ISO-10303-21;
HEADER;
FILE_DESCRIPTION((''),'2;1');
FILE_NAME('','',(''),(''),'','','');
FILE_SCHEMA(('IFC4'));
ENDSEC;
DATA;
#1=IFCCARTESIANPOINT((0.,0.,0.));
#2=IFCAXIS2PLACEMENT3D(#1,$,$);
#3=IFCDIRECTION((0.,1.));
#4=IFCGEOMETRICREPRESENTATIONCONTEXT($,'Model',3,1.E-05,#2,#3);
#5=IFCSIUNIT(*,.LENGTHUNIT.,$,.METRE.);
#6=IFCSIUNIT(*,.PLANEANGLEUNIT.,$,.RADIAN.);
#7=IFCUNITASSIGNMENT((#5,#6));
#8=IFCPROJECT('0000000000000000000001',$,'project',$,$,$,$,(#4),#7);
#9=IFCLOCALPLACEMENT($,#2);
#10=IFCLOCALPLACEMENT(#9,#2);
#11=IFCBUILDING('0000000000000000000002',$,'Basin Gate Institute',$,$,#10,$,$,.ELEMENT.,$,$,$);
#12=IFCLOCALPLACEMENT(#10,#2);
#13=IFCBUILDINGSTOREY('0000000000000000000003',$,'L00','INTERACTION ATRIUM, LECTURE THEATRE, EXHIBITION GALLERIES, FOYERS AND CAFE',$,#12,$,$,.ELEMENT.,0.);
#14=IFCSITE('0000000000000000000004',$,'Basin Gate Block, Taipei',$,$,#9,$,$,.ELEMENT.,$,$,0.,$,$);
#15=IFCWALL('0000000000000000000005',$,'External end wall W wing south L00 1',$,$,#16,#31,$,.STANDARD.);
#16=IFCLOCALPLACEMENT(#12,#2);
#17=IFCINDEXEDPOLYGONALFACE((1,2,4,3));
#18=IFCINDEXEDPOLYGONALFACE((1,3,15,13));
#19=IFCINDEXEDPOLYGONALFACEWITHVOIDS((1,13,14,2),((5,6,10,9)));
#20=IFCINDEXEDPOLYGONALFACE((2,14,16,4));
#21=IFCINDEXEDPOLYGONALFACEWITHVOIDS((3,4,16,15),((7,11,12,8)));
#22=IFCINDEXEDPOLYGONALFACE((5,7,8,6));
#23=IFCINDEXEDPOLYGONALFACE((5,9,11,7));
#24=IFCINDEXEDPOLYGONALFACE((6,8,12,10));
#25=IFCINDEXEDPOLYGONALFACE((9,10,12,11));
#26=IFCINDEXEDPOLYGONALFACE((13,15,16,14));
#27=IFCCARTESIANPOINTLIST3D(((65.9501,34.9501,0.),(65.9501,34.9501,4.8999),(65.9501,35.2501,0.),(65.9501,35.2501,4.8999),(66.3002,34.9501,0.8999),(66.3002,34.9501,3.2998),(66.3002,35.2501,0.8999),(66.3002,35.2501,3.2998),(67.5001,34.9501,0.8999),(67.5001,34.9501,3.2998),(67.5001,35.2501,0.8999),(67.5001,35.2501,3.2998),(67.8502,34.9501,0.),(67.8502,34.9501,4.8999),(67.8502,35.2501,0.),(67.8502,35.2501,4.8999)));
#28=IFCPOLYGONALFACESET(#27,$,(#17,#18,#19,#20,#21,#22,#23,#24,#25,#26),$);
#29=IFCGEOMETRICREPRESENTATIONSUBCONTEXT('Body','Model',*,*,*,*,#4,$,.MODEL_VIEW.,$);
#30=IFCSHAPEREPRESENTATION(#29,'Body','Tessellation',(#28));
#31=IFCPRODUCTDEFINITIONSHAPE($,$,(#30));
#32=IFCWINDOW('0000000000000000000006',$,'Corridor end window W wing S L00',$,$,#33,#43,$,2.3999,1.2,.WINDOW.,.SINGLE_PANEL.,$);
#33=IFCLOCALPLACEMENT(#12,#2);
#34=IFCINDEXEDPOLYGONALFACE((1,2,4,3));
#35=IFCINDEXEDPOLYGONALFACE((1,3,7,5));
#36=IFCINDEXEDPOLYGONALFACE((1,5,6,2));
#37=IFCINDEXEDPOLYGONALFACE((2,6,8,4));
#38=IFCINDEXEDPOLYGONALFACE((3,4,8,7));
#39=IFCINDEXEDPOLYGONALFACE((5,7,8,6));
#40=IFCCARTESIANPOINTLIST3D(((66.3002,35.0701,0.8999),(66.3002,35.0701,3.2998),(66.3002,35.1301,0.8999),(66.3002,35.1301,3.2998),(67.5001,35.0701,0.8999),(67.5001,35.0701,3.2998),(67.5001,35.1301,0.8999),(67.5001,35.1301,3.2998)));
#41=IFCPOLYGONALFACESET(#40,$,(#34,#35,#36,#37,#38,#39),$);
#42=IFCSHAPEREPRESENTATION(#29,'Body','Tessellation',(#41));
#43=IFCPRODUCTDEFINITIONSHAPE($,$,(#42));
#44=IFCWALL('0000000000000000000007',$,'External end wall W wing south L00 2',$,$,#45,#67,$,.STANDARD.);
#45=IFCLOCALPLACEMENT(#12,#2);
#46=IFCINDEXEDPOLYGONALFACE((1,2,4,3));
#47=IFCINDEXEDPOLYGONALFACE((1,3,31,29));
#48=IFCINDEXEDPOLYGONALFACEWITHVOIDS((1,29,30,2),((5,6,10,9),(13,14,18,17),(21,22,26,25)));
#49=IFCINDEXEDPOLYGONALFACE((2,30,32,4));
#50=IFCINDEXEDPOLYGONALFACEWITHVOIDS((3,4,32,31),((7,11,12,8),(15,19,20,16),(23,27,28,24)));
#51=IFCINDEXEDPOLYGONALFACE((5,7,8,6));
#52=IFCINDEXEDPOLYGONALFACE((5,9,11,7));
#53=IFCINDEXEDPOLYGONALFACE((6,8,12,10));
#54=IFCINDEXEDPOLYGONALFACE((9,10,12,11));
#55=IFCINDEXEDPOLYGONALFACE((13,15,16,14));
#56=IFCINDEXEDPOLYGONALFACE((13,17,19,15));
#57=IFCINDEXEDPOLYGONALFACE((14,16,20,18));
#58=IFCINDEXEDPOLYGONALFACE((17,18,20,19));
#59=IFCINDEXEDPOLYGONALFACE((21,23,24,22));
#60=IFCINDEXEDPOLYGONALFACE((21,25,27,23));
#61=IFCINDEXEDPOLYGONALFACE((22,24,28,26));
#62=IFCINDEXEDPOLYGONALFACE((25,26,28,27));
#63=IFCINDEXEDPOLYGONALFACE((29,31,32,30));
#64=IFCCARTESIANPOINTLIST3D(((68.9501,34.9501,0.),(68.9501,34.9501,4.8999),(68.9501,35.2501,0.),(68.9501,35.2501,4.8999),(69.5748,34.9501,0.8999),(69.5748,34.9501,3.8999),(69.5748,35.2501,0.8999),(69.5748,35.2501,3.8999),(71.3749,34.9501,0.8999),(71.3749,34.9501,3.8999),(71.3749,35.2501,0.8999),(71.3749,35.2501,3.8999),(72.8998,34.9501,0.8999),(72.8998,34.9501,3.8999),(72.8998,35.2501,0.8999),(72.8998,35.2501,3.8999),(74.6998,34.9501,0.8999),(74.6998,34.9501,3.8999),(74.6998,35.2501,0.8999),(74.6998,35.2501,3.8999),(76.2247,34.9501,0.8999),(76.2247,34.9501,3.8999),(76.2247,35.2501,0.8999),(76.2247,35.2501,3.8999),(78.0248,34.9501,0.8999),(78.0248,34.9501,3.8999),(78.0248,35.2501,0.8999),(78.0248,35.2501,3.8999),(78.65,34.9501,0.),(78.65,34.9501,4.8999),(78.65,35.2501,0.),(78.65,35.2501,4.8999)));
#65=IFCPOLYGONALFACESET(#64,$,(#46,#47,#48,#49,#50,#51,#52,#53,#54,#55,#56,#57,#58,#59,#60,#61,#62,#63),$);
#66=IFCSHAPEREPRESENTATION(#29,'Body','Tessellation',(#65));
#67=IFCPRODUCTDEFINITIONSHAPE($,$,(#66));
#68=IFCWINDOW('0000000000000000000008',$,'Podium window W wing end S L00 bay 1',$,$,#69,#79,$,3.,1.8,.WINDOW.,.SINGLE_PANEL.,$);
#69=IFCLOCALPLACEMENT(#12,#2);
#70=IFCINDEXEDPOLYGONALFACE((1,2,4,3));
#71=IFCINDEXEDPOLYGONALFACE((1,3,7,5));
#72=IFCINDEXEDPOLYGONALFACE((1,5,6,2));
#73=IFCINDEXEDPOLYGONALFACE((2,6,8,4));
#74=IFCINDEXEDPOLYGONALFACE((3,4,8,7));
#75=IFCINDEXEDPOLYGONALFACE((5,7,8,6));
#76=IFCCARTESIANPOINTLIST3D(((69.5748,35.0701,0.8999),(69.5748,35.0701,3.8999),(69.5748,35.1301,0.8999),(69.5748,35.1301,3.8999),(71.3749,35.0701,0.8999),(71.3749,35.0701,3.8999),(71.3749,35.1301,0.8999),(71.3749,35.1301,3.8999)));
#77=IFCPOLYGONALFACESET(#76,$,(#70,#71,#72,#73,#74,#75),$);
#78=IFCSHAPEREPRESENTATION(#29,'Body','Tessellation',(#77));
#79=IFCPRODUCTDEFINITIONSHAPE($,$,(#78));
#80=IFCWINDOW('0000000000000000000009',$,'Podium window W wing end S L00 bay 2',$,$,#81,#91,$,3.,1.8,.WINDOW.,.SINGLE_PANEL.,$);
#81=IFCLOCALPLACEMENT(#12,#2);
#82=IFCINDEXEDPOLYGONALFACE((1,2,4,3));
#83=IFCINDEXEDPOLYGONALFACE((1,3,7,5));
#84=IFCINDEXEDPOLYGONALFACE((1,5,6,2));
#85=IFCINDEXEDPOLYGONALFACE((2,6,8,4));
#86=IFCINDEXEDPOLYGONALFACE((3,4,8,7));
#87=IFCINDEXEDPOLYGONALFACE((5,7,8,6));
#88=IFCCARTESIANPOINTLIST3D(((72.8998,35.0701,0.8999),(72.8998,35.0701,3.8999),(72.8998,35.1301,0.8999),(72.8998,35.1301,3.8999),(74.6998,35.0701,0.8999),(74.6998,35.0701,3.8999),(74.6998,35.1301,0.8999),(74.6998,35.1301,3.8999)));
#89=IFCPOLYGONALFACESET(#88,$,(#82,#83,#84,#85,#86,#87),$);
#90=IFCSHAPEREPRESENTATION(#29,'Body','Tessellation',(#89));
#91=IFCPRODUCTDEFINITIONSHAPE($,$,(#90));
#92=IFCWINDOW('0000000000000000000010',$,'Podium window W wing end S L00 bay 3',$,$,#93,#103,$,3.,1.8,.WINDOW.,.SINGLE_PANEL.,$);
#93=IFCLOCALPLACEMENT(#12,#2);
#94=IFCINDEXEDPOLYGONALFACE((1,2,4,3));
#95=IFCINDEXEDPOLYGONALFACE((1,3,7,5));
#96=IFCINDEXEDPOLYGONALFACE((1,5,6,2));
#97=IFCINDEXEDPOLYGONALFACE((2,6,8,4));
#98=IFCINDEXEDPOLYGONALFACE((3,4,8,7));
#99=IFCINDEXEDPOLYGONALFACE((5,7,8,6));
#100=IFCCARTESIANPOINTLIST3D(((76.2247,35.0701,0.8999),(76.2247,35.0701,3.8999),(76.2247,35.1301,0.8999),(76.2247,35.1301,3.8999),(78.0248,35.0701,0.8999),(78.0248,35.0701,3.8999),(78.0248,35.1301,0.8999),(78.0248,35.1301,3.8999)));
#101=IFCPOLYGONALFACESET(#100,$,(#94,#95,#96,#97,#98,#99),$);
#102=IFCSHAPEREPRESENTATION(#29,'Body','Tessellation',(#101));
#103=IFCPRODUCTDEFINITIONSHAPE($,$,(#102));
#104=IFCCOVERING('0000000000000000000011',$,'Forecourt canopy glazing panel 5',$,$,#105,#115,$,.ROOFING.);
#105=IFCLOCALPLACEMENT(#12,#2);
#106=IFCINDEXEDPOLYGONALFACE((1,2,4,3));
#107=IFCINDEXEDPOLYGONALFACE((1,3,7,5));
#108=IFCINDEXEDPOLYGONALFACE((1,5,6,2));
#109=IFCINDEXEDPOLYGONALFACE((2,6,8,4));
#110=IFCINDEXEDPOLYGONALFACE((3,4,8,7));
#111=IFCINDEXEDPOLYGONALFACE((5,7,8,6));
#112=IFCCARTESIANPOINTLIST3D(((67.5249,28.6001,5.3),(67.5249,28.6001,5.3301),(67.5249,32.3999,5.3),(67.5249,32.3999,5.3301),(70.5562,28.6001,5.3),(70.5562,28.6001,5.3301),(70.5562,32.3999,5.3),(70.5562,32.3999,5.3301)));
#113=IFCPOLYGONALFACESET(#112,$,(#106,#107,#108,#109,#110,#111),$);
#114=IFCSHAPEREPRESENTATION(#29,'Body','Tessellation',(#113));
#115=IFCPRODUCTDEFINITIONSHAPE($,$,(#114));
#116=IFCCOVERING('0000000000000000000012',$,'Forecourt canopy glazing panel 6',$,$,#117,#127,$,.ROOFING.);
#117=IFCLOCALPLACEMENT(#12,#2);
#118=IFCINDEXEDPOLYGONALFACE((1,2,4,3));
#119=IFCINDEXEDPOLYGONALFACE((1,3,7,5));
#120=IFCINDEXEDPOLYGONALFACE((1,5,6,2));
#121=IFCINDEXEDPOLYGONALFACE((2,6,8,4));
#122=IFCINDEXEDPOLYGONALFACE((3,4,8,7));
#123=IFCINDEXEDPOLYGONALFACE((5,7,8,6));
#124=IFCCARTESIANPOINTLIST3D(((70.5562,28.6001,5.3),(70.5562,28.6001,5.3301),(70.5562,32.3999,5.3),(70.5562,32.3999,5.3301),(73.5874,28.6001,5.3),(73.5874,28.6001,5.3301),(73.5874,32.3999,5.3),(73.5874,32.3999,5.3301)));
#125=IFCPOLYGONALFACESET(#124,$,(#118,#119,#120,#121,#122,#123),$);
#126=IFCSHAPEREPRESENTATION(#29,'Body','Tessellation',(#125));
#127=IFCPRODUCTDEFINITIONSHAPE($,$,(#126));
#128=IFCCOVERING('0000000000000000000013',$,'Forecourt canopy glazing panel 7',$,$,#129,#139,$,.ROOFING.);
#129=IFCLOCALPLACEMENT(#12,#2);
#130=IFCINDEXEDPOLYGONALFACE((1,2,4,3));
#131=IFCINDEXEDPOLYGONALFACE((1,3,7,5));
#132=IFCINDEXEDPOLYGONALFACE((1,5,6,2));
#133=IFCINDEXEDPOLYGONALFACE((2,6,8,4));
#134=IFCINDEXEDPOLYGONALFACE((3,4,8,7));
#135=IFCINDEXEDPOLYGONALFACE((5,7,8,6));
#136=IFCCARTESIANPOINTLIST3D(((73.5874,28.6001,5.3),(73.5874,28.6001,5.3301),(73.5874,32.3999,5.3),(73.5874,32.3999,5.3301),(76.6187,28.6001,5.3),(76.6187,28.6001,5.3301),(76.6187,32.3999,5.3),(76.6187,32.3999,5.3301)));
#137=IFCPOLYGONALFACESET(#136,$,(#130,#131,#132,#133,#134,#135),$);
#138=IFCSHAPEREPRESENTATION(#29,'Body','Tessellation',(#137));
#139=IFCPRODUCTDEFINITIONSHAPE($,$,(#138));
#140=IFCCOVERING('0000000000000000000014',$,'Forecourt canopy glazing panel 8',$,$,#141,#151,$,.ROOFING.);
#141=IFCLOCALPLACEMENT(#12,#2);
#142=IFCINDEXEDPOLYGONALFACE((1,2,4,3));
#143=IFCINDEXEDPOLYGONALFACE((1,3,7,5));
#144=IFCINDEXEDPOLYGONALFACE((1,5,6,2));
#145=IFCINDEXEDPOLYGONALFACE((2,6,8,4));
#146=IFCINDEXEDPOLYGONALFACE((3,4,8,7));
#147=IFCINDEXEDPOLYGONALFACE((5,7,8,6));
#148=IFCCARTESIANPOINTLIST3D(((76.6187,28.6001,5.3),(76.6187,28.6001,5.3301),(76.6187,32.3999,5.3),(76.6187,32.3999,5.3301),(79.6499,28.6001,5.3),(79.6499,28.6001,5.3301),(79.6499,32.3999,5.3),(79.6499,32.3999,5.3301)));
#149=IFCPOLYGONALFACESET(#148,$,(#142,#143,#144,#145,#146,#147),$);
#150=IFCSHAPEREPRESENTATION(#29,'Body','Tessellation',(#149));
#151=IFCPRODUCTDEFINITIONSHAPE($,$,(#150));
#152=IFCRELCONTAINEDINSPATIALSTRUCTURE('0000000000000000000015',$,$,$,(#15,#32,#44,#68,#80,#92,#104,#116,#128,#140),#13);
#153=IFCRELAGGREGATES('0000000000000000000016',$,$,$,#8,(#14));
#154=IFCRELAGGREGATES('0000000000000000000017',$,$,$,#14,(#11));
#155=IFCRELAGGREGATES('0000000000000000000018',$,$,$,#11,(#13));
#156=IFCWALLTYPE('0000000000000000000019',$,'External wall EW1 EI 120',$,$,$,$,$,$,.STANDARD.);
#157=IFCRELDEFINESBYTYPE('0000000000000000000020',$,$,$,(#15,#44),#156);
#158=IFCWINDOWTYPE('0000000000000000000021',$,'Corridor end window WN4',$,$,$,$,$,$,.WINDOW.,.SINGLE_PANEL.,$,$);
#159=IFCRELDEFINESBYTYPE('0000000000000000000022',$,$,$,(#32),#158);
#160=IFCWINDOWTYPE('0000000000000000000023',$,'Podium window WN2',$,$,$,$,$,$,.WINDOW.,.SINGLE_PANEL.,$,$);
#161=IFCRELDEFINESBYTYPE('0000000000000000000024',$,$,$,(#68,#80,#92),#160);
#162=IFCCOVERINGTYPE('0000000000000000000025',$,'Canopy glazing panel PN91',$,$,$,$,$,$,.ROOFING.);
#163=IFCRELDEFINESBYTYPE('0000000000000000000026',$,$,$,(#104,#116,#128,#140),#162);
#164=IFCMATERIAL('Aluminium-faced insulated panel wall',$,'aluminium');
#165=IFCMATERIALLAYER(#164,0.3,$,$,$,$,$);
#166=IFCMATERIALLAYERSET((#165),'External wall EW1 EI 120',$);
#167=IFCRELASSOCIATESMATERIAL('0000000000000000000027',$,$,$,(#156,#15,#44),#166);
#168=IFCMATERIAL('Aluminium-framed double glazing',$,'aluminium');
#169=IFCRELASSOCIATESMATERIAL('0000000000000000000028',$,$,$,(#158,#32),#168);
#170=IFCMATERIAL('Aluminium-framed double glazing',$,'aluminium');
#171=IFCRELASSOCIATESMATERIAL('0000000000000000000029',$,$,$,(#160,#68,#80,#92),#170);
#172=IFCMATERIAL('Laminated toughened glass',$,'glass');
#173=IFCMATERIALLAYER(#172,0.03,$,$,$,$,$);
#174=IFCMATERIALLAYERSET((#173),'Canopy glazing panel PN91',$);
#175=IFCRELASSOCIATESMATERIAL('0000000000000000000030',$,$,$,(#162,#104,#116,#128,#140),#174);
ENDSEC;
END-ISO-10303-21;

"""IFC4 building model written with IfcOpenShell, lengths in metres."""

from ifc_helpers import new_model, si_unit, direction, frame, frame_2d, origin, place, context, subcontext, project, spatial, polyline, rectangle, outline, extrude, material, layer, layer_set, type_object, element, fill, save


model = new_model("IFC4")

# Units and contexts
model_context = context("Model", 3, precision=1e-05, world=origin(), true_north=direction((0.0, 1.0)))
body_context = subcontext(model_context, "Body", "Model", "MODEL_VIEW")
ifc_project = project(units=[si_unit("LENGTHUNIT", "METRE"), si_unit("PLANEANGLEUNIT", "RADIAN")], contexts=[model_context])

# Site, building, storey
site_placement = place(None, origin())
site = spatial("IfcSite", under=ifc_project, at=site_placement, Name="Basin Gate Block, Taipei", CompositionType="ELEMENT", RefElevation=0.0)
building_placement = place(site_placement, origin())
building = spatial("IfcBuilding", under=site, at=building_placement, Name="Basin Gate Institute", CompositionType="ELEMENT")
storey_placement = place(building_placement, origin())
storey = spatial("IfcBuildingStorey", under=building, at=storey_placement, Name="L00", Description="INTERACTION ATRIUM, LECTURE THEATRE, EXHIBITION GALLERIES, FOYERS AND CAFE", CompositionType="ELEMENT", Elevation=0.0)

# Wall, opening, window
ifc_material_1 = material(Name="Aluminium-faced insulated panel wall", Category="aluminium")
ifc_layer_1 = layer(ifc_material_1, 0.3)
ifc_layer_set_1 = layer_set([ifc_layer_1], Name="External wall EW1 EI 120")
wall_type_1 = type_object("IfcWallType", Name="External wall EW1 EI 120", PredefinedType="STANDARD", material=ifc_layer_set_1)
wall_1_placement = place(storey_placement, frame((65.95, 35.1001, 0.0), z_axis=(0.0, 0.0, 1.0), x_axis=(1.0, 0.0, 0.0)))
wall_1 = element("IfcWall", 1, at=wall_1_placement, inside=storey, type_object=wall_type_1, material=ifc_layer_set_1, Name="External end wall W wing south L00 1", PredefinedType="STANDARD", context=body_context, shape_type="SweptSolid", body=[
    extrude(rectangle(XDim=1.9001, YDim=0.3, at=frame_2d((0.9502, 0.0))), origin(), (0.0, 0.0, 1.0), 4.8999),
])
opening_1_placement = place(wall_1_placement, frame((0.3501, 0.0, 0.8999)))
opening_1 = element("IfcOpeningElement", 2, at=opening_1_placement, cuts=wall_1, PredefinedType="OPENING", context=body_context, shape_type="SweptSolid", body=[
    extrude(rectangle(XDim=1.2, YDim=2.3999, at=frame_2d((0.6001, 1.2))), frame((0.0, 0.1602, 0.0), z_axis=(0.0, -1.0, 0.0), x_axis=(1.0, 0.0, 0.0)), (0.0, 0.0, 1.0), 0.3201),
])
ifc_material_2 = material(Name="Aluminium-framed double glazing", Category="aluminium")
window_type_1 = type_object("IfcWindowType", Name="Corridor end window WN4", PartitioningType="SINGLE_PANEL", PredefinedType="WINDOW", material=ifc_material_2)
window_1_placement = place(opening_1_placement, origin())
window_1 = element("IfcWindow", 3, at=window_1_placement, inside=storey, type_object=window_type_1, material=ifc_material_2, Name="Corridor end window W wing S L00", OverallHeight=2.3999, OverallWidth=1.2, PartitioningType="SINGLE_PANEL", PredefinedType="WINDOW", context=body_context, shape_type="SweptSolid", body=[
    extrude(rectangle(XDim=1.2, YDim=2.3999, at=frame_2d((0.6001, 1.2))), frame((0.0, 0.03, 0.0), z_axis=(0.0, -1.0, 0.0), x_axis=(1.0, 0.0, 0.0)), (0.0, 0.0, 1.0), 0.0601),
])
fill(opening_1, window_1)

# Wall, openings, windows
wall_2_placement = place(storey_placement, frame((68.95, 35.1001, 0.0), z_axis=(0.0, 0.0, 1.0), x_axis=(1.0, 0.0, 0.0)))
wall_2 = element("IfcWall", 4, at=wall_2_placement, inside=storey, type_object=wall_type_1, material=ifc_layer_set_1, Name="External end wall W wing south L00 2", PredefinedType="STANDARD", context=body_context, shape_type="SweptSolid", body=[
    extrude(rectangle(XDim=9.7, YDim=0.3, at=frame_2d((4.8501, 0.0))), origin(), (0.0, 0.0, 1.0), 4.8999),
])
opening_2_placement = place(wall_2_placement, frame((0.625, 0.0, 0.8999)))
opening_2 = element("IfcOpeningElement", 5, at=opening_2_placement, cuts=wall_2, PredefinedType="OPENING", context=body_context, shape_type="SweptSolid", body=[
    extrude(rectangle(XDim=1.8, YDim=3.0, at=frame_2d((0.8999, 1.5))), frame((0.0, 0.1602, 0.0), z_axis=(0.0, -1.0, 0.0), x_axis=(1.0, 0.0, 0.0)), (0.0, 0.0, 1.0), 0.3201),
])
opening_3_placement = place(wall_2_placement, frame((3.95, 0.0, 0.8999)))
opening_3 = element("IfcOpeningElement", 6, at=opening_3_placement, cuts=wall_2, PredefinedType="OPENING", context=body_context, shape_type="SweptSolid", body=[
    extrude(rectangle(XDim=1.8, YDim=3.0, at=frame_2d((0.8999, 1.5))), frame((0.0, 0.1602, 0.0), z_axis=(0.0, -1.0, 0.0), x_axis=(1.0, 0.0, 0.0)), (0.0, 0.0, 1.0), 0.3201),
])
opening_4_placement = place(wall_2_placement, frame((7.2749, 0.0, 0.8999)))
opening_4 = element("IfcOpeningElement", 7, at=opening_4_placement, cuts=wall_2, PredefinedType="OPENING", context=body_context, shape_type="SweptSolid", body=[
    extrude(rectangle(XDim=1.8, YDim=3.0, at=frame_2d((0.8999, 1.5))), frame((0.0, 0.1602, 0.0), z_axis=(0.0, -1.0, 0.0), x_axis=(1.0, 0.0, 0.0)), (0.0, 0.0, 1.0), 0.3201),
])
ifc_material_3 = material(Name="Aluminium-framed double glazing", Category="aluminium")
window_type_2 = type_object("IfcWindowType", Name="Podium window WN2", PartitioningType="SINGLE_PANEL", PredefinedType="WINDOW", material=ifc_material_3)
window_2_placement = place(opening_2_placement, origin())
window_2 = element("IfcWindow", 8, at=window_2_placement, inside=storey, type_object=window_type_2, material=ifc_material_3, Name="Podium window W wing end S L00 bay 1", OverallHeight=3.0, OverallWidth=1.8, PartitioningType="SINGLE_PANEL", PredefinedType="WINDOW", context=body_context, shape_type="SweptSolid", body=[
    extrude(rectangle(XDim=1.8, YDim=3.0, at=frame_2d((0.8999, 1.5))), frame((0.0, 0.03, 0.0), z_axis=(0.0, -1.0, 0.0), x_axis=(1.0, 0.0, 0.0)), (0.0, 0.0, 1.0), 0.0601),
])
fill(opening_2, window_2)
window_3_placement = place(opening_3_placement, origin())
window_3 = element("IfcWindow", 9, at=window_3_placement, inside=storey, type_object=window_type_2, material=ifc_material_3, Name="Podium window W wing end S L00 bay 2", OverallHeight=3.0, OverallWidth=1.8, PartitioningType="SINGLE_PANEL", PredefinedType="WINDOW", context=body_context, shape_type="SweptSolid", body=[
    extrude(rectangle(XDim=1.8, YDim=3.0, at=frame_2d((0.8999, 1.5))), frame((0.0, 0.03, 0.0), z_axis=(0.0, -1.0, 0.0), x_axis=(1.0, 0.0, 0.0)), (0.0, 0.0, 1.0), 0.0601),
])
fill(opening_3, window_3)
window_4_placement = place(opening_4_placement, origin())
window_4 = element("IfcWindow", 10, at=window_4_placement, inside=storey, type_object=window_type_2, material=ifc_material_3, Name="Podium window W wing end S L00 bay 3", OverallHeight=3.0, OverallWidth=1.8, PartitioningType="SINGLE_PANEL", PredefinedType="WINDOW", context=body_context, shape_type="SweptSolid", body=[
    extrude(rectangle(XDim=1.8, YDim=3.0, at=frame_2d((0.8999, 1.5))), frame((0.0, 0.03, 0.0), z_axis=(0.0, -1.0, 0.0), x_axis=(1.0, 0.0, 0.0)), (0.0, 0.0, 1.0), 0.0601),
])
fill(opening_4, window_4)

# Coverings
ifc_material_4 = material(Name="Laminated toughened glass", Category="glass")
ifc_layer_2 = layer(ifc_material_4, 0.03)
ifc_layer_set_2 = layer_set([ifc_layer_2], Name="Canopy glazing panel PN91")
covering_type = type_object("IfcCoveringType", Name="Canopy glazing panel PN91", PredefinedType="ROOFING", material=ifc_layer_set_2)
for number, where, z_axis, x_axis, name in (
    (11, (67.5249, 28.6001, 5.3301), (0.0, 0.0, 1.0), (1.0, 0.0, 0.0), "Forecourt canopy glazing panel 5"),
    (12, (70.5562, 28.6001, 5.3301), (0.0, 0.0, 1.0), (1.0, 0.0, 0.0), "Forecourt canopy glazing panel 6"),
    (13, (73.5874, 28.6001, 5.3301), (0.0, 0.0, 1.0), (1.0, 0.0, 0.0), "Forecourt canopy glazing panel 7"),
    (14, (76.6187, 28.6001, 5.3301), (0.0, 0.0, 1.0), (1.0, 0.0, 0.0), "Forecourt canopy glazing panel 8"),
):
    element("IfcCovering", number, at=place(storey_placement, frame(where, z_axis=z_axis, x_axis=x_axis)), inside=storey, type_object=covering_type, material=ifc_layer_set_2, Name=name, PredefinedType="ROOFING", context=body_context, shape_type="SweptSolid", body=[
        extrude(outline(polyline([(0.0, 0.0), (3.0312, 0.0), (3.0312, 3.7998), (0.0, 3.7998), (0.0, 0.0)])), origin(), (0.0, 0.0, -1.0), 0.03),
    ])

save(model, "model.ifc")
